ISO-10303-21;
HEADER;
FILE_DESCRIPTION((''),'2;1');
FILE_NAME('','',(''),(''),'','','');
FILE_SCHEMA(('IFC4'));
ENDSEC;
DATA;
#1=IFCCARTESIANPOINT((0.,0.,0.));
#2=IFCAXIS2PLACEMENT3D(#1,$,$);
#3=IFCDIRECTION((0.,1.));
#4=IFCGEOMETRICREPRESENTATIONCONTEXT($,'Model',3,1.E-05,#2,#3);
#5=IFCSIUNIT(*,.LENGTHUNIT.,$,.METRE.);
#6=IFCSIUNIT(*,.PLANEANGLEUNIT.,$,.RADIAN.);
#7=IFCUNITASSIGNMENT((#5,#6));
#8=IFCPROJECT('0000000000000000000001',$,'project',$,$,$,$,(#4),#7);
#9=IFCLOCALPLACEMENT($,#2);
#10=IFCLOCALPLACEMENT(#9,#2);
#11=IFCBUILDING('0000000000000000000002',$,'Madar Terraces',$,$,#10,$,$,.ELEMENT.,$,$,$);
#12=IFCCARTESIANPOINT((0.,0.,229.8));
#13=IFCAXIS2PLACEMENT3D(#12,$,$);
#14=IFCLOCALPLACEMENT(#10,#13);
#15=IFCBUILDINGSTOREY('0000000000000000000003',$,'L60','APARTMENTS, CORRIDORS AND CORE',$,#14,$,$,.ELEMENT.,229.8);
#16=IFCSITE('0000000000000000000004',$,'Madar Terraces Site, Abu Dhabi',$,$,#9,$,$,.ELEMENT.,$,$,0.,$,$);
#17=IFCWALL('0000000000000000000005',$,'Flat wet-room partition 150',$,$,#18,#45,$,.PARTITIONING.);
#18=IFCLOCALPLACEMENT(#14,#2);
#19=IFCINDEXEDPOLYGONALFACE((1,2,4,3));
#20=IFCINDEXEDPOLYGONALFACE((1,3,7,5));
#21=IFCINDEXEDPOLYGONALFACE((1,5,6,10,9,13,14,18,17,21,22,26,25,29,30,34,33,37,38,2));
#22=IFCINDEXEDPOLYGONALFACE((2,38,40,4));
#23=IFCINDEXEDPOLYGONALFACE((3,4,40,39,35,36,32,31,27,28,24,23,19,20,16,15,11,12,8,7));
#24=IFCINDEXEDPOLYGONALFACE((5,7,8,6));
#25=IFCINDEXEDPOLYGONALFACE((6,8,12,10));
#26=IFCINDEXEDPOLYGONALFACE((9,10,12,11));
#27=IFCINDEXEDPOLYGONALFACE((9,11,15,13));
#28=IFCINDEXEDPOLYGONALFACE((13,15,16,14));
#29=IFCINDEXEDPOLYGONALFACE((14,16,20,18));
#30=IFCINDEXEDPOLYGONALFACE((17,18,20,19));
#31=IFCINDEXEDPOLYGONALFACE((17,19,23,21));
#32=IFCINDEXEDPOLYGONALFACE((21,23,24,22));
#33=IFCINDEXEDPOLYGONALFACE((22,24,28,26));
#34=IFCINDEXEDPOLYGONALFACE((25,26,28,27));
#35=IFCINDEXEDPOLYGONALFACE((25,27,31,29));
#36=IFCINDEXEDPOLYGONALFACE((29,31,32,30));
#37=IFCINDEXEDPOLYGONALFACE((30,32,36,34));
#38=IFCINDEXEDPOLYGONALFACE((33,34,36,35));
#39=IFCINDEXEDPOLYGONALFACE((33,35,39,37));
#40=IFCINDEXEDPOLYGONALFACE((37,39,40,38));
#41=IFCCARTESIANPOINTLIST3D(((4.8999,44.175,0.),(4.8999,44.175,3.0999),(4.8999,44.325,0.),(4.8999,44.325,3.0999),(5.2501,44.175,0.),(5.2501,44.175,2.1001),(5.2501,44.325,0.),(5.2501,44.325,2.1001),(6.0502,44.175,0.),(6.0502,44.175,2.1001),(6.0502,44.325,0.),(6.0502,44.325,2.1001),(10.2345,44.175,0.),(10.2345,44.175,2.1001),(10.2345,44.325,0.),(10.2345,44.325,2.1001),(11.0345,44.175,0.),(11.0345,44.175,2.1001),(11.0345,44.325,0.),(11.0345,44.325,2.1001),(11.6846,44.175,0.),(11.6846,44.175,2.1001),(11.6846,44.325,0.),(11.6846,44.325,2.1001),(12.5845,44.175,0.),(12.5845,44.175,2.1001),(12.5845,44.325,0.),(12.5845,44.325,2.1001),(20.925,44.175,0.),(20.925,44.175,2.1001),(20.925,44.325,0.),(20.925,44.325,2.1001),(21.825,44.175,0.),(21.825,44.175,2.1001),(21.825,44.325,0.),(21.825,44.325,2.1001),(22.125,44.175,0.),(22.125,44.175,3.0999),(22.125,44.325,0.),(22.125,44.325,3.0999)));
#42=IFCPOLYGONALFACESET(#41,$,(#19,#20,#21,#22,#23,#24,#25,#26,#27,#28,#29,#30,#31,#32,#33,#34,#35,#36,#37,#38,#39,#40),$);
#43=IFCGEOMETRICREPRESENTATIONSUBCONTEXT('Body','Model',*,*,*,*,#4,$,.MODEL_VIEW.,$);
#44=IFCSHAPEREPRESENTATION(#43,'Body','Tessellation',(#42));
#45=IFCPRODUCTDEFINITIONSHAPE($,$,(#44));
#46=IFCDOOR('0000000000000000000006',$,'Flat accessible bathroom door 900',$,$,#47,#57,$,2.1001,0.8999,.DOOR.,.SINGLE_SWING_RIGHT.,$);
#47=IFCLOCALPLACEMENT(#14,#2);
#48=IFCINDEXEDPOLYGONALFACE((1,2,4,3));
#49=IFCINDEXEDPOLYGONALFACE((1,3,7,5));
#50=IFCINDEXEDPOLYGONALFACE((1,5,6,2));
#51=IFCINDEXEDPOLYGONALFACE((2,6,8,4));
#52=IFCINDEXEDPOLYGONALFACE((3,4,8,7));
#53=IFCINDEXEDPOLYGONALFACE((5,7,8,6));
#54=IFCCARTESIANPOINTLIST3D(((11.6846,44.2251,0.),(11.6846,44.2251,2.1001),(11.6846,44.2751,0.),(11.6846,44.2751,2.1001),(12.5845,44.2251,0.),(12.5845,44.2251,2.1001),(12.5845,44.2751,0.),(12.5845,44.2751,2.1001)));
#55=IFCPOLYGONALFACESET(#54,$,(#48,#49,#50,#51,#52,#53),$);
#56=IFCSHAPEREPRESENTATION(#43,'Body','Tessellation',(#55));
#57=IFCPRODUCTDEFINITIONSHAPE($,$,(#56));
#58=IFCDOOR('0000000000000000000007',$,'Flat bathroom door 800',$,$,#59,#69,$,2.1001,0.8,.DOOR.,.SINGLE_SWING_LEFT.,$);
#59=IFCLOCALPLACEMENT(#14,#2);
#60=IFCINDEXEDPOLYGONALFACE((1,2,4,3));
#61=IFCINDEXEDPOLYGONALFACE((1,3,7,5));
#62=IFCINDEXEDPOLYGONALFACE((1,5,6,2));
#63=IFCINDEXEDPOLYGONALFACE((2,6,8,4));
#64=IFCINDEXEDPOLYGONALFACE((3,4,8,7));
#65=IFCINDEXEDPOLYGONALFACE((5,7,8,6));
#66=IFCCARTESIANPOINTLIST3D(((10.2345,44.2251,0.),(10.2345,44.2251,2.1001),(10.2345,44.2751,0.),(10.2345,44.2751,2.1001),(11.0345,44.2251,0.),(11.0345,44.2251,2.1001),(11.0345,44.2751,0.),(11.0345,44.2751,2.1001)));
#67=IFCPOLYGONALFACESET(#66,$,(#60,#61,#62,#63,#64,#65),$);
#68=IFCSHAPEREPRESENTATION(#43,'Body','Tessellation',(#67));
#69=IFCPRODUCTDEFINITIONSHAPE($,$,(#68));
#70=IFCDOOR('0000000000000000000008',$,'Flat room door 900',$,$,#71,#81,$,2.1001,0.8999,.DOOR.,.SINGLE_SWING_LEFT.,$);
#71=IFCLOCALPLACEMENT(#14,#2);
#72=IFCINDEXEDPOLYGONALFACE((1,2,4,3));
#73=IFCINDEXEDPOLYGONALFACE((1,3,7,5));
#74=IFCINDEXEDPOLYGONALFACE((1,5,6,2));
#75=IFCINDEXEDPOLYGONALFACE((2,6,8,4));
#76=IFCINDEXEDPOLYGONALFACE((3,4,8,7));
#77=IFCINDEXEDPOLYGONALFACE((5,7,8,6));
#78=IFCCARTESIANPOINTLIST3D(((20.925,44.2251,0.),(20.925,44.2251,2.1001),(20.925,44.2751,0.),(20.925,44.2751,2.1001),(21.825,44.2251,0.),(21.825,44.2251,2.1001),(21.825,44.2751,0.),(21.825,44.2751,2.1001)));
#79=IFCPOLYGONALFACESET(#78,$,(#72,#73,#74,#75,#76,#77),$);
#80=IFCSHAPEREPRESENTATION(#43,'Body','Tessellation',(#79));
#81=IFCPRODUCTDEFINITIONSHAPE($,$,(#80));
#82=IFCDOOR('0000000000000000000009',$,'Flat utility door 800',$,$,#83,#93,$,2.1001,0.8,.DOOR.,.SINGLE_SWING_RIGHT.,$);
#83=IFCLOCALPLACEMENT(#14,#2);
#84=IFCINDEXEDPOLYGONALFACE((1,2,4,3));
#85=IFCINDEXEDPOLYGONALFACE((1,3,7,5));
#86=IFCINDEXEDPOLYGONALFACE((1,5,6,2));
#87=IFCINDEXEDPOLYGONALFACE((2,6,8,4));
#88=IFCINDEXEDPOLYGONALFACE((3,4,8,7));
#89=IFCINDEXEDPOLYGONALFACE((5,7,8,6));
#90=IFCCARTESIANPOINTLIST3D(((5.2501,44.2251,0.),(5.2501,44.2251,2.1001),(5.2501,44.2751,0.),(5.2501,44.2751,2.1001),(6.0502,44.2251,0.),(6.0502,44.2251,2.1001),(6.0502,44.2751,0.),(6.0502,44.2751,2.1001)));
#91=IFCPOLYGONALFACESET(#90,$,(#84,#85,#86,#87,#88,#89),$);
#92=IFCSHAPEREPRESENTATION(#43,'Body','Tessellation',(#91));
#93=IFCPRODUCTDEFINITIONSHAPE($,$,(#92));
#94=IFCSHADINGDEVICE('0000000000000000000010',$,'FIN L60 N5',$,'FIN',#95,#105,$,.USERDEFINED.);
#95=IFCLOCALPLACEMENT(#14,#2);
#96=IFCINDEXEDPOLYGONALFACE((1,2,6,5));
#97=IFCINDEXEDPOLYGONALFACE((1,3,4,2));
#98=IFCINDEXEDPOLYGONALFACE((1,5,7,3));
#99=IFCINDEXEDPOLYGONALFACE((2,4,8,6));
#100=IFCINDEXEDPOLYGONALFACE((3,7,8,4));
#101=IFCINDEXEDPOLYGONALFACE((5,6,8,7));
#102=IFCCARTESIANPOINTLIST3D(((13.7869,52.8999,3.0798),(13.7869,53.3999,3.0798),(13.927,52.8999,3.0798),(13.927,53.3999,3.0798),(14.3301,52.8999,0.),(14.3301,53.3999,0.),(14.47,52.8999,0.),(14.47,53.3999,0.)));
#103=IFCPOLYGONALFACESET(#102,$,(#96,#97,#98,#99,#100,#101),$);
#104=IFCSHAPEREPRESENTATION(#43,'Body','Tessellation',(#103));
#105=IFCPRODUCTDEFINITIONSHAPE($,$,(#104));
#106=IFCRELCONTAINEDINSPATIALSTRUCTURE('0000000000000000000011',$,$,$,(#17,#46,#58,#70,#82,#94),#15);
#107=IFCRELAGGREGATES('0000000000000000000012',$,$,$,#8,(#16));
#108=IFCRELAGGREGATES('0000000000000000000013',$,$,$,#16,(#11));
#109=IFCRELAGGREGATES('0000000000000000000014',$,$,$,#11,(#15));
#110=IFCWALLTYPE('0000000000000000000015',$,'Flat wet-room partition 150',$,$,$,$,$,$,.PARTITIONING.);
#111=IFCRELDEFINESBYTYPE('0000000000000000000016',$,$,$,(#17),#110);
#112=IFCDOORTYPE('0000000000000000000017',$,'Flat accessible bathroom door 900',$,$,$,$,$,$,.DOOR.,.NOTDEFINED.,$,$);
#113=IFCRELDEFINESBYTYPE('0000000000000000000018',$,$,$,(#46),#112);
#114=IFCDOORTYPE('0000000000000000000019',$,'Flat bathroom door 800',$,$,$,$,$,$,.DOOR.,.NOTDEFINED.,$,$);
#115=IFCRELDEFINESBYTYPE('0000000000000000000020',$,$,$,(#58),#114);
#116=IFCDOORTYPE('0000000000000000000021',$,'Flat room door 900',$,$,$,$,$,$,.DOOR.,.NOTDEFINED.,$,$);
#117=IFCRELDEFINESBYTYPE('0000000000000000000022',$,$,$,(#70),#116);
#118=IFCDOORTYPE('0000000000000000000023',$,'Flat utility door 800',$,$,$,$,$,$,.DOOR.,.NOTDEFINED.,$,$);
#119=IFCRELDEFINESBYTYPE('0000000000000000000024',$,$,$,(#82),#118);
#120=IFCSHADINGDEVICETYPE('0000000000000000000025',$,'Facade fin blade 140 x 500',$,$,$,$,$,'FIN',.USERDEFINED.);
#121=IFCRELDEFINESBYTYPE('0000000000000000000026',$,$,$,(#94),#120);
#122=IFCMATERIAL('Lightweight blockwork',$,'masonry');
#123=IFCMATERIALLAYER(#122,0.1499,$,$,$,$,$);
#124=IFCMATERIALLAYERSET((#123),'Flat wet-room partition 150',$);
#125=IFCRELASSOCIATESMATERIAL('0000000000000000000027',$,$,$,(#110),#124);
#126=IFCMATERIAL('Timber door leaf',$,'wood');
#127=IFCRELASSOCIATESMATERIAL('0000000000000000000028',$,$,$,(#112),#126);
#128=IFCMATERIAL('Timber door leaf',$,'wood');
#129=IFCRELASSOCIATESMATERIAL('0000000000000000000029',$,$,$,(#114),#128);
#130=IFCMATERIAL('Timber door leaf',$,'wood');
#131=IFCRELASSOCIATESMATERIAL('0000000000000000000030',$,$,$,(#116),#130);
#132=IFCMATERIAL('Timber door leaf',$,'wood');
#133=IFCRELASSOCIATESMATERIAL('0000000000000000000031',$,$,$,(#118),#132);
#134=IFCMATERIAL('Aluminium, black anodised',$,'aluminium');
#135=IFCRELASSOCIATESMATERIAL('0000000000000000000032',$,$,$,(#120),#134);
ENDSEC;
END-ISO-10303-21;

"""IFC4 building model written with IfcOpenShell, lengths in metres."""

from ifc_helpers import new_model, si_unit, direction, frame, frame_2d, origin, place, context, subcontext, project, spatial, polyline, rectangle, outline, extrude, material, layer, layer_set, type_object, element, fill, save


model = new_model("IFC4")

# Units and contexts
model_context = context("Model", 3, precision=1e-05, world=origin(), true_north=direction((0.0, 1.0)))
body_context = subcontext(model_context, "Body", "Model", "MODEL_VIEW")
ifc_project = project(units=[si_unit("LENGTHUNIT", "METRE"), si_unit("PLANEANGLEUNIT", "RADIAN")], contexts=[model_context])

# Site, building, storey
site_placement = place(None, origin())
site = spatial("IfcSite", under=ifc_project, at=site_placement, Name="Madar Terraces Site, Abu Dhabi", CompositionType="ELEMENT", RefElevation=0.0)
building_placement = place(site_placement, origin())
building = spatial("IfcBuilding", under=site, at=building_placement, Name="Madar Terraces", CompositionType="ELEMENT")
storey_placement = place(building_placement, frame((0.0, 0.0, 229.8)))
storey = spatial("IfcBuildingStorey", under=building, at=storey_placement, Name="L60", Description="APARTMENTS, CORRIDORS AND CORE", CompositionType="ELEMENT", Elevation=229.8)

# Wall, openings, doors
ifc_material_1 = material(Name="Lightweight blockwork", Category="masonry")
ifc_layer_1 = layer(ifc_material_1, 0.1499)
ifc_layer_set_1 = layer_set([ifc_layer_1], Name="Flat wet-room partition 150")
wall_type_1 = type_object("IfcWallType", Name="Flat wet-room partition 150", PredefinedType="PARTITIONING", material=ifc_layer_set_1)
wall_1_placement = place(storey_placement, frame((22.125, 44.25, 0.0), z_axis=(0.0, 0.0, 1.0), x_axis=(-1.0, 0.0, 0.0)))
wall_1 = element("IfcWall", 1, at=wall_1_placement, inside=storey, type_object=wall_type_1, Name="Flat wet-room partition 150", PredefinedType="PARTITIONING", context=body_context, shape_type="SweptSolid", body=[
    extrude(rectangle(XDim=17.2251, YDim=0.1499, at=frame_2d((8.6125, 0.0))), origin(), (0.0, 0.0, 1.0), 3.0999),
])
opening_1_placement = place(wall_1_placement, frame((0.3, 0.0, 0.0)))
opening_1 = element("IfcOpeningElement", 2, at=opening_1_placement, cuts=wall_1, PredefinedType="OPENING", context=body_context, shape_type="SweptSolid", body=[
    extrude(rectangle(XDim=0.8999, YDim=2.1001, at=frame_2d((0.45, 1.05))), frame((0.0, 0.085, 0.0), z_axis=(0.0, -1.0, 0.0), x_axis=(1.0, 0.0, 0.0)), (0.0, 0.0, 1.0), 0.1699),
])
opening_2_placement = place(wall_1_placement, frame((9.5405, 0.0, 0.0)))
opening_2 = element("IfcOpeningElement", 3, at=opening_2_placement, cuts=wall_1, PredefinedType="OPENING", context=body_context, shape_type="SweptSolid", body=[
    extrude(rectangle(XDim=0.8999, YDim=2.1001, at=frame_2d((0.45, 1.05))), frame((0.0, 0.085, 0.0), z_axis=(0.0, -1.0, 0.0), x_axis=(1.0, 0.0, 0.0)), (0.0, 0.0, 1.0), 0.1699),
])
opening_3_placement = place(wall_1_placement, frame((11.0906, 0.0, 0.0)))
opening_3 = element("IfcOpeningElement", 4, at=opening_3_placement, cuts=wall_1, PredefinedType="OPENING", context=body_context, shape_type="SweptSolid", body=[
    extrude(rectangle(XDim=0.8, YDim=2.1001, at=frame_2d((0.3999, 1.05))), frame((0.0, 0.085, 0.0), z_axis=(0.0, -1.0, 0.0), x_axis=(1.0, 0.0, 0.0)), (0.0, 0.0, 1.0), 0.1699),
])
opening_4_placement = place(wall_1_placement, frame((16.075, 0.0, 0.0)))
opening_4 = element("IfcOpeningElement", 5, at=opening_4_placement, cuts=wall_1, PredefinedType="OPENING", context=body_context, shape_type="SweptSolid", body=[
    extrude(rectangle(XDim=0.8, YDim=2.1001, at=frame_2d((0.3999, 1.05))), frame((0.0, 0.085, 0.0), z_axis=(0.0, -1.0, 0.0), x_axis=(1.0, 0.0, 0.0)), (0.0, 0.0, 1.0), 0.1699),
])
ifc_material_2 = material(Name="Timber door leaf", Category="wood")
door_type_1 = type_object("IfcDoorType", Name="Flat accessible bathroom door 900", OperationType="NOTDEFINED", PredefinedType="DOOR", material=ifc_material_2)
door_1_placement = place(opening_2_placement, origin())
door_1 = element("IfcDoor", 6, at=door_1_placement, inside=storey, type_object=door_type_1, Name="Flat accessible bathroom door 900", OperationType="SINGLE_SWING_RIGHT", OverallHeight=2.1001, OverallWidth=0.8999, PredefinedType="DOOR", context=body_context, shape_type="SweptSolid", body=[
    extrude(rectangle(XDim=0.8999, YDim=2.1001, at=frame_2d((0.45, 1.05))), frame((0.0, 0.0249, 0.0), z_axis=(0.0, -1.0, 0.0), x_axis=(1.0, 0.0, 0.0)), (0.0, 0.0, 1.0), 0.05),
])
fill(opening_2, door_1)
ifc_material_3 = material(Name="Timber door leaf", Category="wood")
door_type_2 = type_object("IfcDoorType", Name="Flat bathroom door 800", OperationType="NOTDEFINED", PredefinedType="DOOR", material=ifc_material_3)
door_2_placement = place(opening_3_placement, origin())
door_2 = element("IfcDoor", 7, at=door_2_placement, inside=storey, type_object=door_type_2, Name="Flat bathroom door 800", OperationType="SINGLE_SWING_LEFT", OverallHeight=2.1001, OverallWidth=0.8, PredefinedType="DOOR", context=body_context, shape_type="SweptSolid", body=[
    extrude(rectangle(XDim=0.8, YDim=2.1001, at=frame_2d((0.3999, 1.05))), frame((0.0, 0.0249, 0.0), z_axis=(0.0, -1.0, 0.0), x_axis=(1.0, 0.0, 0.0)), (0.0, 0.0, 1.0), 0.05),
])
fill(opening_3, door_2)
ifc_material_4 = material(Name="Timber door leaf", Category="wood")
door_type_3 = type_object("IfcDoorType", Name="Flat room door 900", OperationType="NOTDEFINED", PredefinedType="DOOR", material=ifc_material_4)
door_3_placement = place(opening_1_placement, origin())
door_3 = element("IfcDoor", 8, at=door_3_placement, inside=storey, type_object=door_type_3, Name="Flat room door 900", OperationType="SINGLE_SWING_LEFT", OverallHeight=2.1001, OverallWidth=0.8999, PredefinedType="DOOR", context=body_context, shape_type="SweptSolid", body=[
    extrude(rectangle(XDim=0.8999, YDim=2.1001, at=frame_2d((0.45, 1.05))), frame((0.0, 0.0249, 0.0), z_axis=(0.0, -1.0, 0.0), x_axis=(1.0, 0.0, 0.0)), (0.0, 0.0, 1.0), 0.05),
])
fill(opening_1, door_3)
ifc_material_5 = material(Name="Timber door leaf", Category="wood")
door_type_4 = type_object("IfcDoorType", Name="Flat utility door 800", OperationType="NOTDEFINED", PredefinedType="DOOR", material=ifc_material_5)
door_4_placement = place(opening_4_placement, origin())
door_4 = element("IfcDoor", 9, at=door_4_placement, inside=storey, type_object=door_type_4, Name="Flat utility door 800", OperationType="SINGLE_SWING_RIGHT", OverallHeight=2.1001, OverallWidth=0.8, PredefinedType="DOOR", context=body_context, shape_type="SweptSolid", body=[
    extrude(rectangle(XDim=0.8, YDim=2.1001, at=frame_2d((0.3999, 1.05))), frame((0.0, 0.0249, 0.0), z_axis=(0.0, -1.0, 0.0), x_axis=(1.0, 0.0, 0.0)), (0.0, 0.0, 1.0), 0.05),
])
fill(opening_4, door_4)

# Shading device
ifc_material_6 = material(Name="Aluminium, black anodised", Category="aluminium")
shading_device_type = type_object("IfcShadingDeviceType", Name="Facade fin blade 140 x 500", ElementType="FIN", PredefinedType="USERDEFINED", material=ifc_material_6)
shading_device_placement = place(storey_placement, frame((14.47, 53.1499, 0.0), z_axis=(0.0, 0.0, 1.0), x_axis=(-1.0, 0.0, 0.0)))
element("IfcShadingDevice", 10, at=shading_device_placement, inside=storey, type_object=shading_device_type, Name="FIN L60 N5", ObjectType="FIN", PredefinedType="USERDEFINED", context=body_context, shape_type="SweptSolid", body=[
    extrude(outline(polyline([(0.0, 0.0), (0.1399, 0.0), (0.6831, 3.0798), (0.543, 3.0798), (0.0, 0.0)])), frame((0.0, 0.25, 0.0), z_axis=(0.0, -1.0, 0.0), x_axis=(1.0, 0.0, 0.0)), (0.0, 0.0, 1.0), 0.5),
])

save(model, "model.ifc")
